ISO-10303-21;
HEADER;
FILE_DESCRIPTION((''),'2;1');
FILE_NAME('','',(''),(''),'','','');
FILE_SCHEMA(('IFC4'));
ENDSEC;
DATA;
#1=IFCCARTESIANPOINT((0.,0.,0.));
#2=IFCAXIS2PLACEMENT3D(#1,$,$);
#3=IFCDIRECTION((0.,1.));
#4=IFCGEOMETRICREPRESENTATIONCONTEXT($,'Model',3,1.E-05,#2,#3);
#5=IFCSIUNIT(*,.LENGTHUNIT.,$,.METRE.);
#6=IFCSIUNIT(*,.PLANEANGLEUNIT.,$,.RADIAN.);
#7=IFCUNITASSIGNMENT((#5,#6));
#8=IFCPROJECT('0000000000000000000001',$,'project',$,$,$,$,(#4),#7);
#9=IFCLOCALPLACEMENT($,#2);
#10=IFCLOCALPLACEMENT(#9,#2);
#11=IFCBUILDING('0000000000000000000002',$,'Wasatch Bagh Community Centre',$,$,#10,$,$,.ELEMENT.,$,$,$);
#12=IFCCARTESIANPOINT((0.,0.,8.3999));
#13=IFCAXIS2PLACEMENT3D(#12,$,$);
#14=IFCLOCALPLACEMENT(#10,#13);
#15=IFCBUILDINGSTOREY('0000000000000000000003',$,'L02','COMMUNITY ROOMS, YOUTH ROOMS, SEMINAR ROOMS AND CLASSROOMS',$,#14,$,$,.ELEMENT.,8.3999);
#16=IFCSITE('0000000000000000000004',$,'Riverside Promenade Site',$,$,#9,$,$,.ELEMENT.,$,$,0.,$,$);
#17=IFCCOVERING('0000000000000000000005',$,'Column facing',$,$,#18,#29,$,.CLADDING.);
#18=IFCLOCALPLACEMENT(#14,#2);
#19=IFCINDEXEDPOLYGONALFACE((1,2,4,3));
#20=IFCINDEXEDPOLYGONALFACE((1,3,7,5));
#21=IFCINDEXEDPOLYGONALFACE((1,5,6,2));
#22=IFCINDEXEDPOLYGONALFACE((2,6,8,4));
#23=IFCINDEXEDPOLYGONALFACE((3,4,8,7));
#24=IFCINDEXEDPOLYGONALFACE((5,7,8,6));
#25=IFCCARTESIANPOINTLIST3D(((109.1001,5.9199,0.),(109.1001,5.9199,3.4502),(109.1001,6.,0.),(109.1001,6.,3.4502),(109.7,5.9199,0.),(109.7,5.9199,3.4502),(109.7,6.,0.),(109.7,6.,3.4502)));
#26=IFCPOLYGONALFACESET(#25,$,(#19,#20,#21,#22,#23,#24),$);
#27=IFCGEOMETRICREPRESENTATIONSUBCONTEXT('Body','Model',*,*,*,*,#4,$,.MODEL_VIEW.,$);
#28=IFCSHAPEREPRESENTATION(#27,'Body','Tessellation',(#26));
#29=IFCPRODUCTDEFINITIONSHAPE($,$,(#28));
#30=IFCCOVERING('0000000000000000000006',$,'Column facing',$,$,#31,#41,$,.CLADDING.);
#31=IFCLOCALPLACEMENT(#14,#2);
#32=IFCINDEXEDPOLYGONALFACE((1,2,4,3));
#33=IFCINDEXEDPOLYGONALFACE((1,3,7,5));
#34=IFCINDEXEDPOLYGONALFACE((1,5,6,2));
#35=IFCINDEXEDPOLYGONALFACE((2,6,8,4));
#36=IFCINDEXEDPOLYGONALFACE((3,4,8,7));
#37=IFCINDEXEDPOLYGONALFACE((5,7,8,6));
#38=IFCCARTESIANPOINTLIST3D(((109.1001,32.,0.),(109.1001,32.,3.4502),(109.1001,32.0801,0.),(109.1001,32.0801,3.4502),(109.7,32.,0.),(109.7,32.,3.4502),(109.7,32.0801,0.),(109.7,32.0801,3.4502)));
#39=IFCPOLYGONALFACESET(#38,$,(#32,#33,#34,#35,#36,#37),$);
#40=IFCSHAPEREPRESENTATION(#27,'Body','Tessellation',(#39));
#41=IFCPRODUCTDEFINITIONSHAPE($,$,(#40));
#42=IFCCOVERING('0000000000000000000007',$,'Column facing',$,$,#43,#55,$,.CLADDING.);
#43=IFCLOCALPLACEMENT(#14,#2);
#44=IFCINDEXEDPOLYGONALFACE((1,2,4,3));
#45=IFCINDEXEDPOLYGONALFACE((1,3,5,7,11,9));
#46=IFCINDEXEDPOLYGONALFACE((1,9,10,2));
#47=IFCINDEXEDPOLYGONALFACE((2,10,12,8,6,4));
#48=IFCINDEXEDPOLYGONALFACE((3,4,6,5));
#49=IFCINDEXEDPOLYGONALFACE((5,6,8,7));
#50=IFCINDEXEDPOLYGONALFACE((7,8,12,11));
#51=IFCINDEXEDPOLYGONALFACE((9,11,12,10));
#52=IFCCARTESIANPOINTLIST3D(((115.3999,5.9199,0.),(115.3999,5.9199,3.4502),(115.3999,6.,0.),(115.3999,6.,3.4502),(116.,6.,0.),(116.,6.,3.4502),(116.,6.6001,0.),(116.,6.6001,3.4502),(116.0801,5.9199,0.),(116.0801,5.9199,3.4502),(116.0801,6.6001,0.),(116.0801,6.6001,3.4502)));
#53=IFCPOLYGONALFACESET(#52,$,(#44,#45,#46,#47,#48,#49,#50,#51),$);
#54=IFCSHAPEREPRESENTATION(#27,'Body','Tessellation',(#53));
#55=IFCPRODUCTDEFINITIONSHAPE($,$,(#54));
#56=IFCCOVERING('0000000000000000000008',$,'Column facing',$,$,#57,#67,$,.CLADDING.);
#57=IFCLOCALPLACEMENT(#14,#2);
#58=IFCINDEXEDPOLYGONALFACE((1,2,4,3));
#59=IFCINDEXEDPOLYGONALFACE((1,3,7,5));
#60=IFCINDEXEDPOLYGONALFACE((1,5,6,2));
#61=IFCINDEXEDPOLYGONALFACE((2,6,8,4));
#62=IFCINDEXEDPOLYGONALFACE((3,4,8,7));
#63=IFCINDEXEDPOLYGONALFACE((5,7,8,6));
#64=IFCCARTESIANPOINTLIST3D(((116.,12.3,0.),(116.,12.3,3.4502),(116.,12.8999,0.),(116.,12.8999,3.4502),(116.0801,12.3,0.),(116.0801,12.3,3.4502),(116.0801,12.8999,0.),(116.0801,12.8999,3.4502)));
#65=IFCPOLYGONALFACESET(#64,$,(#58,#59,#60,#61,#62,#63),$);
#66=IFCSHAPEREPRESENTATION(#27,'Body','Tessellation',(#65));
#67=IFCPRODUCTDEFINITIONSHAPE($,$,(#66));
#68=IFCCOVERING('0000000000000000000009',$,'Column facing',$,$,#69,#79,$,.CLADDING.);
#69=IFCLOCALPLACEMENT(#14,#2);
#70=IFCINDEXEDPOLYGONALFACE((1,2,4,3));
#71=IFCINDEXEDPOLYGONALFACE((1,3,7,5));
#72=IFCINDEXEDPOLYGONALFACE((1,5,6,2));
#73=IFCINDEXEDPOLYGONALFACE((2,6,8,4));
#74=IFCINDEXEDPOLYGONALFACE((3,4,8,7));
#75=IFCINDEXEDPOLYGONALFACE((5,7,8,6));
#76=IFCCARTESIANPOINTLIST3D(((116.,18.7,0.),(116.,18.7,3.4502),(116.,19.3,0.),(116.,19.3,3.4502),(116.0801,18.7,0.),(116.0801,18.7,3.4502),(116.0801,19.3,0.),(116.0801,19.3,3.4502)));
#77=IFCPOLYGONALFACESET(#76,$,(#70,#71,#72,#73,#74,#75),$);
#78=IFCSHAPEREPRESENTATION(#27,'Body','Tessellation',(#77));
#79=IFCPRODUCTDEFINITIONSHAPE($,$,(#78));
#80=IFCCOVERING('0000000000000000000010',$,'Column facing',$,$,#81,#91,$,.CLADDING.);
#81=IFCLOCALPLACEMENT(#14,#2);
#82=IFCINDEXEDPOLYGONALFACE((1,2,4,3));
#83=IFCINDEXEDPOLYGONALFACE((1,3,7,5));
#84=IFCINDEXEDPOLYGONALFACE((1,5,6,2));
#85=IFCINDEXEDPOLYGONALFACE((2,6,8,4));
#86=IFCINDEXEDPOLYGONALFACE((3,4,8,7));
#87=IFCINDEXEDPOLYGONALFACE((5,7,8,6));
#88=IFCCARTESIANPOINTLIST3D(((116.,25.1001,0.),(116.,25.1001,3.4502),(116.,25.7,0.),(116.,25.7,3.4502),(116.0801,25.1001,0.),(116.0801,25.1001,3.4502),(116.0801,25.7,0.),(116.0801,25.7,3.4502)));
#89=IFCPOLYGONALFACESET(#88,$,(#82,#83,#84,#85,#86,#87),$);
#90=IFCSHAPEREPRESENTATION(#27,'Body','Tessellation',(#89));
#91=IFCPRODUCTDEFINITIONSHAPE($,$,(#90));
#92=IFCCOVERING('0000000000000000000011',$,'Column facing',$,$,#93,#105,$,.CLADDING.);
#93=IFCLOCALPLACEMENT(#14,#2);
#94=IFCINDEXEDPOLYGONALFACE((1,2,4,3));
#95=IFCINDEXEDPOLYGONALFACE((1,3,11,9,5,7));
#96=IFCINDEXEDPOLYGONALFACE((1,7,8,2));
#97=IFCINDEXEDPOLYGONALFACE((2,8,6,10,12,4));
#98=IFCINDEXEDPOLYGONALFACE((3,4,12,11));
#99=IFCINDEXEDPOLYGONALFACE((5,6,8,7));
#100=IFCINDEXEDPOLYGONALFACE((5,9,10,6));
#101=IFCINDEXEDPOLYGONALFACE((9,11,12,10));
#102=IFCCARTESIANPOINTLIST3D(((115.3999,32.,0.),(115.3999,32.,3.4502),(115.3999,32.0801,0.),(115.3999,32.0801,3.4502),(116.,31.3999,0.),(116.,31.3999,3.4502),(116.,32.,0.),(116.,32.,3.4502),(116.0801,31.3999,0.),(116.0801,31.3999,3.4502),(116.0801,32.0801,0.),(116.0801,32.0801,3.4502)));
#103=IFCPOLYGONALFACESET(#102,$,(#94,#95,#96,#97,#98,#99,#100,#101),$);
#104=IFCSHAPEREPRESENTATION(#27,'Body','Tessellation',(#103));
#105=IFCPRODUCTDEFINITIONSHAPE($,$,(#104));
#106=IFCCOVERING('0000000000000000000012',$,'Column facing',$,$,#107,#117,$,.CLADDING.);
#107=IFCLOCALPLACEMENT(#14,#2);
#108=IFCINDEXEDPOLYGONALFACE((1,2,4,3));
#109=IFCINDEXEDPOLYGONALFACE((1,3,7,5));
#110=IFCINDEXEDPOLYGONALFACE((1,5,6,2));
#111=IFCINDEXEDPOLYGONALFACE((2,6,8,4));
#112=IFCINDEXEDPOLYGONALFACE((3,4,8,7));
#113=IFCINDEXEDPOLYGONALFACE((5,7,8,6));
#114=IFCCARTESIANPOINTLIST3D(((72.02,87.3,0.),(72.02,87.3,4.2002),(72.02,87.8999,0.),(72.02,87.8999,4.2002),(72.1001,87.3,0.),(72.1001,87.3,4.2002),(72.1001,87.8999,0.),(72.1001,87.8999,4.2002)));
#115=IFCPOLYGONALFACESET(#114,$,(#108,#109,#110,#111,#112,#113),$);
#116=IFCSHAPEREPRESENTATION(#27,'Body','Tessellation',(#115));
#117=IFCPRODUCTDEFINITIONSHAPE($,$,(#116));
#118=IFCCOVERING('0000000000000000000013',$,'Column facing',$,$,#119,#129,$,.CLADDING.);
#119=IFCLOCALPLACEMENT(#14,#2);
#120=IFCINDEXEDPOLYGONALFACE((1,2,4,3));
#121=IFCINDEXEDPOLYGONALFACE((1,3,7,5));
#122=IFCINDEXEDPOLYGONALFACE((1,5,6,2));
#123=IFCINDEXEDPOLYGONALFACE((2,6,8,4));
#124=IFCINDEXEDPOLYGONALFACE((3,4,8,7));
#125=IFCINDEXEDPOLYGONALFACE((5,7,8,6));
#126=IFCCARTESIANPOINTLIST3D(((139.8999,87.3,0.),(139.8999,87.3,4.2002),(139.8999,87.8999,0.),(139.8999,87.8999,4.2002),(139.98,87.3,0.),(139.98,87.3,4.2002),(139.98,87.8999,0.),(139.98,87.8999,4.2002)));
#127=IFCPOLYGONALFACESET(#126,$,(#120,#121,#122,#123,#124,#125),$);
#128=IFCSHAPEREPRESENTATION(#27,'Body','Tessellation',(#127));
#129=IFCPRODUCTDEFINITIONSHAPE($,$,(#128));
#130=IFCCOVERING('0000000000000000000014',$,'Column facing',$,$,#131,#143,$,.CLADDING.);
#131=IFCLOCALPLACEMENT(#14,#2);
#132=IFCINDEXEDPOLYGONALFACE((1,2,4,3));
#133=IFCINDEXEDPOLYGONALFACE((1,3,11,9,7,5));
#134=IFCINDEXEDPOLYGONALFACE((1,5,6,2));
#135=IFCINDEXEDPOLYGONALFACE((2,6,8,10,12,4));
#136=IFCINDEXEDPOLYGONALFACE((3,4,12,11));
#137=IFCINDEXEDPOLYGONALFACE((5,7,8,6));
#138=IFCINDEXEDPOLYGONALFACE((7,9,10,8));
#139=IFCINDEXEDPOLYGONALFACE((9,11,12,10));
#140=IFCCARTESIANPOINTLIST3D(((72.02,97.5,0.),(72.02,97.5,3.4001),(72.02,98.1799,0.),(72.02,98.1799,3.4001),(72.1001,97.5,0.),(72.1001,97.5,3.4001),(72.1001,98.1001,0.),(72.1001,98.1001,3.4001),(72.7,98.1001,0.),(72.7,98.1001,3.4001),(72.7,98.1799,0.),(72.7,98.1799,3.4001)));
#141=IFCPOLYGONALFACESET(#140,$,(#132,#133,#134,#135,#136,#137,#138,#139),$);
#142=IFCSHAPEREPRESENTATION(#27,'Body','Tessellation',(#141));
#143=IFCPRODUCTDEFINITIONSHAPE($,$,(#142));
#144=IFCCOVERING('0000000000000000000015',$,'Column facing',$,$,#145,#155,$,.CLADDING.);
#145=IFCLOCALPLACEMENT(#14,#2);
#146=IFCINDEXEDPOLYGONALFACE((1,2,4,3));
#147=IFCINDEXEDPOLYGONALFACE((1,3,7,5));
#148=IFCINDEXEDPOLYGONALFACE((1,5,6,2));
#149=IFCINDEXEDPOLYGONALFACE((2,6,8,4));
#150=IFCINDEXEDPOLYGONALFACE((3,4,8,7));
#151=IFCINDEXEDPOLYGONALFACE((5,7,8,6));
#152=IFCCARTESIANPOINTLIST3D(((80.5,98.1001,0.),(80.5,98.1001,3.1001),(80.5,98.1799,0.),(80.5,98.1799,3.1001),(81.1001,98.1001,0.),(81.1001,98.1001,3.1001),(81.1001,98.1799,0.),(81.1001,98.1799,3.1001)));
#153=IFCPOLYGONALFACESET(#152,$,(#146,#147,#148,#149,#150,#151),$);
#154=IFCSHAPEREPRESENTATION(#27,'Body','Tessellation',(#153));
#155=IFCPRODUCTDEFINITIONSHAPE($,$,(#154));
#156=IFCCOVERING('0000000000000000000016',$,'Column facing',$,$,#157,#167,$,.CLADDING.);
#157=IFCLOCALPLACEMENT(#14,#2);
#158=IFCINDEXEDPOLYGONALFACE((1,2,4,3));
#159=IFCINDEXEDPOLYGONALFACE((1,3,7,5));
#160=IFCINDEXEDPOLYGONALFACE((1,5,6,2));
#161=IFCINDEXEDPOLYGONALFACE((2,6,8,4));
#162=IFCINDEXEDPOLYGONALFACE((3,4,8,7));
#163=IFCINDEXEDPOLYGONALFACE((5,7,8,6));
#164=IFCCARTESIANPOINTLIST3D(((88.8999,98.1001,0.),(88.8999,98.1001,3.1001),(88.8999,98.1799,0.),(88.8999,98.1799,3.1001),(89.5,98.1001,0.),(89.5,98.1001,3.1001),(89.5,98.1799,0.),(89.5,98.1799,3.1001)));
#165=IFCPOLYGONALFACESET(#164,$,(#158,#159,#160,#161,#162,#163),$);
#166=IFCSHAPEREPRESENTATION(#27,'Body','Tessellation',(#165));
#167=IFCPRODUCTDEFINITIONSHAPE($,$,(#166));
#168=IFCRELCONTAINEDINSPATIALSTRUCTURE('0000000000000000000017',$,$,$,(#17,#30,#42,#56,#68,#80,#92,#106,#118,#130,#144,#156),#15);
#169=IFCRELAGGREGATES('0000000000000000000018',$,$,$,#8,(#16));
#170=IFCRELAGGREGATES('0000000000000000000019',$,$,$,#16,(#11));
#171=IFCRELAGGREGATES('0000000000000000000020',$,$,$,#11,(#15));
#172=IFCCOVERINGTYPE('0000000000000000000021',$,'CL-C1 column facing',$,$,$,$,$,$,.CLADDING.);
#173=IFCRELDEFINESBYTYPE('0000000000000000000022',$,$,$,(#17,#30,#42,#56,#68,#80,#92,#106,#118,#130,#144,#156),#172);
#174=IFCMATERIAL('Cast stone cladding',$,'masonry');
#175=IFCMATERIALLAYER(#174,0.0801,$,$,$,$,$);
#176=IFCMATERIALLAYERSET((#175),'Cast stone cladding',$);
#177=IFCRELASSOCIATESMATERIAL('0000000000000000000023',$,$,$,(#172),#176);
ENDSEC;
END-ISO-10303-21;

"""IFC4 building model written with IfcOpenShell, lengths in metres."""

from ifc_helpers import new_model, si_unit, direction, frame, origin, place, context, subcontext, project, spatial, polyline, outline, extrude, material, layer, layer_set, type_object, element, save


model = new_model("IFC4")

# Units and contexts
model_context = context("Model", 3, precision=1e-05, world=origin(), true_north=direction((0.0, 1.0)))
body_context = subcontext(model_context, "Body", "Model", "MODEL_VIEW")
ifc_project = project(units=[si_unit("LENGTHUNIT", "METRE"), si_unit("PLANEANGLEUNIT", "RADIAN")], contexts=[model_context])

# Site, building, storey
site_placement = place(None, origin())
site = spatial("IfcSite", under=ifc_project, at=site_placement, Name="Riverside Promenade Site", CompositionType="ELEMENT", RefElevation=0.0)
building_placement = place(site_placement, origin())
building = spatial("IfcBuilding", under=site, at=building_placement, Name="Wasatch Bagh Community Centre", CompositionType="ELEMENT")
storey_placement = place(building_placement, frame((0.0, 0.0, 8.3999)))
storey = spatial("IfcBuildingStorey", under=building, at=storey_placement, Name="L02", Description="COMMUNITY ROOMS, YOUTH ROOMS, SEMINAR ROOMS AND CLASSROOMS", CompositionType="ELEMENT", Elevation=8.3999)

# Coverings
ifc_material = material(Name="Cast stone cladding", Category="masonry")
ifc_layer = layer(ifc_material, 0.0801)
ifc_layer_set = layer_set([ifc_layer], Name="Cast stone cladding")
covering_type = type_object("IfcCoveringType", Name="CL-C1 column facing", PredefinedType="CLADDING", material=ifc_layer_set)
covering_1_placement = place(storey_placement, origin())
element("IfcCovering", 1, at=covering_1_placement, inside=storey, type_object=covering_type, Name="Column facing", PredefinedType="CLADDING", context=body_context, shape_type="SweptSolid", body=[
    extrude(outline(polyline([(109.1001, 6.0), (109.7, 6.0), (109.7, 5.9199), (109.1001, 5.9199), (109.1001, 6.0)])), origin(), (0.0, 0.0, 1.0), 3.4502),
])
covering_2_placement = place(storey_placement, origin())
element("IfcCovering", 2, at=covering_2_placement, inside=storey, type_object=covering_type, Name="Column facing", PredefinedType="CLADDING", context=body_context, shape_type="SweptSolid", body=[
    extrude(outline(polyline([(109.7, 32.0), (109.1001, 32.0), (109.1001, 32.0801), (109.7, 32.0801), (109.7, 32.0)])), origin(), (0.0, 0.0, 1.0), 3.4502),
])
covering_3_placement = place(storey_placement, origin())
element("IfcCovering", 3, at=covering_3_placement, inside=storey, type_object=covering_type, Name="Column facing", PredefinedType="CLADDING", context=body_context, shape_type="SweptSolid", body=[
    extrude(outline(polyline([(116.0, 6.0), (116.0, 6.6001), (116.0801, 6.6001), (116.0801, 5.9199), (115.3999, 5.9199), (115.3999, 6.0), (116.0, 6.0)])), origin(), (0.0, 0.0, 1.0), 3.4502),
])
covering_4_placement = place(storey_placement, origin())
element("IfcCovering", 4, at=covering_4_placement, inside=storey, type_object=covering_type, Name="Column facing", PredefinedType="CLADDING", context=body_context, shape_type="SweptSolid", body=[
    extrude(outline(polyline([(116.0, 12.3), (116.0, 12.8999), (116.0801, 12.8999), (116.0801, 12.3), (116.0, 12.3)])), origin(), (0.0, 0.0, 1.0), 3.4502),
])
covering_5_placement = place(storey_placement, origin())
element("IfcCovering", 5, at=covering_5_placement, inside=storey, type_object=covering_type, Name="Column facing", PredefinedType="CLADDING", context=body_context, shape_type="SweptSolid", body=[
    extrude(outline(polyline([(116.0, 18.7), (116.0, 19.3), (116.0801, 19.3), (116.0801, 18.7), (116.0, 18.7)])), origin(), (0.0, 0.0, 1.0), 3.4502),
])
covering_6_placement = place(storey_placement, origin())
element("IfcCovering", 6, at=covering_6_placement, inside=storey, type_object=covering_type, Name="Column facing", PredefinedType="CLADDING", context=body_context, shape_type="SweptSolid", body=[
    extrude(outline(polyline([(116.0, 25.1001), (116.0, 25.7), (116.0801, 25.7), (116.0801, 25.1001), (116.0, 25.1001)])), origin(), (0.0, 0.0, 1.0), 3.4502),
])
covering_7_placement = place(storey_placement, origin())
element("IfcCovering", 7, at=covering_7_placement, inside=storey, type_object=covering_type, Name="Column facing", PredefinedType="CLADDING", context=body_context, shape_type="SweptSolid", body=[
    extrude(outline(polyline([(116.0, 32.0), (115.3999, 32.0), (115.3999, 32.0801), (116.0801, 32.0801), (116.0801, 31.3999), (116.0, 31.3999), (116.0, 32.0)])), origin(), (0.0, 0.0, 1.0), 3.4502),
])
covering_8_placement = place(storey_placement, origin())
element("IfcCovering", 8, at=covering_8_placement, inside=storey, type_object=covering_type, Name="Column facing", PredefinedType="CLADDING", context=body_context, shape_type="SweptSolid", body=[
    extrude(outline(polyline([(72.1001, 87.8999), (72.1001, 87.3), (72.02, 87.3), (72.02, 87.8999), (72.1001, 87.8999)])), origin(), (0.0, 0.0, 1.0), 4.2002),
])
covering_9_placement = place(storey_placement, origin())
element("IfcCovering", 9, at=covering_9_placement, inside=storey, type_object=covering_type, Name="Column facing", PredefinedType="CLADDING", context=body_context, shape_type="SweptSolid", body=[
    extrude(outline(polyline([(139.8999, 87.3), (139.8999, 87.8999), (139.98, 87.8999), (139.98, 87.3), (139.8999, 87.3)])), origin(), (0.0, 0.0, 1.0), 4.2002),
])
covering_10_placement = place(storey_placement, origin())
element("IfcCovering", 10, at=covering_10_placement, inside=storey, type_object=covering_type, Name="Column facing", PredefinedType="CLADDING", context=body_context, shape_type="SweptSolid", body=[
    extrude(outline(polyline([(72.1001, 97.5), (72.02, 97.5), (72.02, 98.1799), (72.7, 98.1799), (72.7, 98.1001), (72.1001, 98.1001), (72.1001, 97.5)])), origin(), (0.0, 0.0, 1.0), 3.4001),
])
covering_11_placement = place(storey_placement, origin())
element("IfcCovering", 11, at=covering_11_placement, inside=storey, type_object=covering_type, Name="Column facing", PredefinedType="CLADDING", context=body_context, shape_type="SweptSolid", body=[
    extrude(outline(polyline([(81.1001, 98.1001), (80.5, 98.1001), (80.5, 98.1799), (81.1001, 98.1799), (81.1001, 98.1001)])), origin(), (0.0, 0.0, 1.0), 3.1001),
])
covering_12_placement = place(storey_placement, origin())
element("IfcCovering", 12, at=covering_12_placement, inside=storey, type_object=covering_type, Name="Column facing", PredefinedType="CLADDING", context=body_context, shape_type="SweptSolid", body=[
    extrude(outline(polyline([(89.5, 98.1001), (88.8999, 98.1001), (88.8999, 98.1799), (89.5, 98.1799), (89.5, 98.1001)])), origin(), (0.0, 0.0, 1.0), 3.1001),
])

save(model, "model.ifc")
